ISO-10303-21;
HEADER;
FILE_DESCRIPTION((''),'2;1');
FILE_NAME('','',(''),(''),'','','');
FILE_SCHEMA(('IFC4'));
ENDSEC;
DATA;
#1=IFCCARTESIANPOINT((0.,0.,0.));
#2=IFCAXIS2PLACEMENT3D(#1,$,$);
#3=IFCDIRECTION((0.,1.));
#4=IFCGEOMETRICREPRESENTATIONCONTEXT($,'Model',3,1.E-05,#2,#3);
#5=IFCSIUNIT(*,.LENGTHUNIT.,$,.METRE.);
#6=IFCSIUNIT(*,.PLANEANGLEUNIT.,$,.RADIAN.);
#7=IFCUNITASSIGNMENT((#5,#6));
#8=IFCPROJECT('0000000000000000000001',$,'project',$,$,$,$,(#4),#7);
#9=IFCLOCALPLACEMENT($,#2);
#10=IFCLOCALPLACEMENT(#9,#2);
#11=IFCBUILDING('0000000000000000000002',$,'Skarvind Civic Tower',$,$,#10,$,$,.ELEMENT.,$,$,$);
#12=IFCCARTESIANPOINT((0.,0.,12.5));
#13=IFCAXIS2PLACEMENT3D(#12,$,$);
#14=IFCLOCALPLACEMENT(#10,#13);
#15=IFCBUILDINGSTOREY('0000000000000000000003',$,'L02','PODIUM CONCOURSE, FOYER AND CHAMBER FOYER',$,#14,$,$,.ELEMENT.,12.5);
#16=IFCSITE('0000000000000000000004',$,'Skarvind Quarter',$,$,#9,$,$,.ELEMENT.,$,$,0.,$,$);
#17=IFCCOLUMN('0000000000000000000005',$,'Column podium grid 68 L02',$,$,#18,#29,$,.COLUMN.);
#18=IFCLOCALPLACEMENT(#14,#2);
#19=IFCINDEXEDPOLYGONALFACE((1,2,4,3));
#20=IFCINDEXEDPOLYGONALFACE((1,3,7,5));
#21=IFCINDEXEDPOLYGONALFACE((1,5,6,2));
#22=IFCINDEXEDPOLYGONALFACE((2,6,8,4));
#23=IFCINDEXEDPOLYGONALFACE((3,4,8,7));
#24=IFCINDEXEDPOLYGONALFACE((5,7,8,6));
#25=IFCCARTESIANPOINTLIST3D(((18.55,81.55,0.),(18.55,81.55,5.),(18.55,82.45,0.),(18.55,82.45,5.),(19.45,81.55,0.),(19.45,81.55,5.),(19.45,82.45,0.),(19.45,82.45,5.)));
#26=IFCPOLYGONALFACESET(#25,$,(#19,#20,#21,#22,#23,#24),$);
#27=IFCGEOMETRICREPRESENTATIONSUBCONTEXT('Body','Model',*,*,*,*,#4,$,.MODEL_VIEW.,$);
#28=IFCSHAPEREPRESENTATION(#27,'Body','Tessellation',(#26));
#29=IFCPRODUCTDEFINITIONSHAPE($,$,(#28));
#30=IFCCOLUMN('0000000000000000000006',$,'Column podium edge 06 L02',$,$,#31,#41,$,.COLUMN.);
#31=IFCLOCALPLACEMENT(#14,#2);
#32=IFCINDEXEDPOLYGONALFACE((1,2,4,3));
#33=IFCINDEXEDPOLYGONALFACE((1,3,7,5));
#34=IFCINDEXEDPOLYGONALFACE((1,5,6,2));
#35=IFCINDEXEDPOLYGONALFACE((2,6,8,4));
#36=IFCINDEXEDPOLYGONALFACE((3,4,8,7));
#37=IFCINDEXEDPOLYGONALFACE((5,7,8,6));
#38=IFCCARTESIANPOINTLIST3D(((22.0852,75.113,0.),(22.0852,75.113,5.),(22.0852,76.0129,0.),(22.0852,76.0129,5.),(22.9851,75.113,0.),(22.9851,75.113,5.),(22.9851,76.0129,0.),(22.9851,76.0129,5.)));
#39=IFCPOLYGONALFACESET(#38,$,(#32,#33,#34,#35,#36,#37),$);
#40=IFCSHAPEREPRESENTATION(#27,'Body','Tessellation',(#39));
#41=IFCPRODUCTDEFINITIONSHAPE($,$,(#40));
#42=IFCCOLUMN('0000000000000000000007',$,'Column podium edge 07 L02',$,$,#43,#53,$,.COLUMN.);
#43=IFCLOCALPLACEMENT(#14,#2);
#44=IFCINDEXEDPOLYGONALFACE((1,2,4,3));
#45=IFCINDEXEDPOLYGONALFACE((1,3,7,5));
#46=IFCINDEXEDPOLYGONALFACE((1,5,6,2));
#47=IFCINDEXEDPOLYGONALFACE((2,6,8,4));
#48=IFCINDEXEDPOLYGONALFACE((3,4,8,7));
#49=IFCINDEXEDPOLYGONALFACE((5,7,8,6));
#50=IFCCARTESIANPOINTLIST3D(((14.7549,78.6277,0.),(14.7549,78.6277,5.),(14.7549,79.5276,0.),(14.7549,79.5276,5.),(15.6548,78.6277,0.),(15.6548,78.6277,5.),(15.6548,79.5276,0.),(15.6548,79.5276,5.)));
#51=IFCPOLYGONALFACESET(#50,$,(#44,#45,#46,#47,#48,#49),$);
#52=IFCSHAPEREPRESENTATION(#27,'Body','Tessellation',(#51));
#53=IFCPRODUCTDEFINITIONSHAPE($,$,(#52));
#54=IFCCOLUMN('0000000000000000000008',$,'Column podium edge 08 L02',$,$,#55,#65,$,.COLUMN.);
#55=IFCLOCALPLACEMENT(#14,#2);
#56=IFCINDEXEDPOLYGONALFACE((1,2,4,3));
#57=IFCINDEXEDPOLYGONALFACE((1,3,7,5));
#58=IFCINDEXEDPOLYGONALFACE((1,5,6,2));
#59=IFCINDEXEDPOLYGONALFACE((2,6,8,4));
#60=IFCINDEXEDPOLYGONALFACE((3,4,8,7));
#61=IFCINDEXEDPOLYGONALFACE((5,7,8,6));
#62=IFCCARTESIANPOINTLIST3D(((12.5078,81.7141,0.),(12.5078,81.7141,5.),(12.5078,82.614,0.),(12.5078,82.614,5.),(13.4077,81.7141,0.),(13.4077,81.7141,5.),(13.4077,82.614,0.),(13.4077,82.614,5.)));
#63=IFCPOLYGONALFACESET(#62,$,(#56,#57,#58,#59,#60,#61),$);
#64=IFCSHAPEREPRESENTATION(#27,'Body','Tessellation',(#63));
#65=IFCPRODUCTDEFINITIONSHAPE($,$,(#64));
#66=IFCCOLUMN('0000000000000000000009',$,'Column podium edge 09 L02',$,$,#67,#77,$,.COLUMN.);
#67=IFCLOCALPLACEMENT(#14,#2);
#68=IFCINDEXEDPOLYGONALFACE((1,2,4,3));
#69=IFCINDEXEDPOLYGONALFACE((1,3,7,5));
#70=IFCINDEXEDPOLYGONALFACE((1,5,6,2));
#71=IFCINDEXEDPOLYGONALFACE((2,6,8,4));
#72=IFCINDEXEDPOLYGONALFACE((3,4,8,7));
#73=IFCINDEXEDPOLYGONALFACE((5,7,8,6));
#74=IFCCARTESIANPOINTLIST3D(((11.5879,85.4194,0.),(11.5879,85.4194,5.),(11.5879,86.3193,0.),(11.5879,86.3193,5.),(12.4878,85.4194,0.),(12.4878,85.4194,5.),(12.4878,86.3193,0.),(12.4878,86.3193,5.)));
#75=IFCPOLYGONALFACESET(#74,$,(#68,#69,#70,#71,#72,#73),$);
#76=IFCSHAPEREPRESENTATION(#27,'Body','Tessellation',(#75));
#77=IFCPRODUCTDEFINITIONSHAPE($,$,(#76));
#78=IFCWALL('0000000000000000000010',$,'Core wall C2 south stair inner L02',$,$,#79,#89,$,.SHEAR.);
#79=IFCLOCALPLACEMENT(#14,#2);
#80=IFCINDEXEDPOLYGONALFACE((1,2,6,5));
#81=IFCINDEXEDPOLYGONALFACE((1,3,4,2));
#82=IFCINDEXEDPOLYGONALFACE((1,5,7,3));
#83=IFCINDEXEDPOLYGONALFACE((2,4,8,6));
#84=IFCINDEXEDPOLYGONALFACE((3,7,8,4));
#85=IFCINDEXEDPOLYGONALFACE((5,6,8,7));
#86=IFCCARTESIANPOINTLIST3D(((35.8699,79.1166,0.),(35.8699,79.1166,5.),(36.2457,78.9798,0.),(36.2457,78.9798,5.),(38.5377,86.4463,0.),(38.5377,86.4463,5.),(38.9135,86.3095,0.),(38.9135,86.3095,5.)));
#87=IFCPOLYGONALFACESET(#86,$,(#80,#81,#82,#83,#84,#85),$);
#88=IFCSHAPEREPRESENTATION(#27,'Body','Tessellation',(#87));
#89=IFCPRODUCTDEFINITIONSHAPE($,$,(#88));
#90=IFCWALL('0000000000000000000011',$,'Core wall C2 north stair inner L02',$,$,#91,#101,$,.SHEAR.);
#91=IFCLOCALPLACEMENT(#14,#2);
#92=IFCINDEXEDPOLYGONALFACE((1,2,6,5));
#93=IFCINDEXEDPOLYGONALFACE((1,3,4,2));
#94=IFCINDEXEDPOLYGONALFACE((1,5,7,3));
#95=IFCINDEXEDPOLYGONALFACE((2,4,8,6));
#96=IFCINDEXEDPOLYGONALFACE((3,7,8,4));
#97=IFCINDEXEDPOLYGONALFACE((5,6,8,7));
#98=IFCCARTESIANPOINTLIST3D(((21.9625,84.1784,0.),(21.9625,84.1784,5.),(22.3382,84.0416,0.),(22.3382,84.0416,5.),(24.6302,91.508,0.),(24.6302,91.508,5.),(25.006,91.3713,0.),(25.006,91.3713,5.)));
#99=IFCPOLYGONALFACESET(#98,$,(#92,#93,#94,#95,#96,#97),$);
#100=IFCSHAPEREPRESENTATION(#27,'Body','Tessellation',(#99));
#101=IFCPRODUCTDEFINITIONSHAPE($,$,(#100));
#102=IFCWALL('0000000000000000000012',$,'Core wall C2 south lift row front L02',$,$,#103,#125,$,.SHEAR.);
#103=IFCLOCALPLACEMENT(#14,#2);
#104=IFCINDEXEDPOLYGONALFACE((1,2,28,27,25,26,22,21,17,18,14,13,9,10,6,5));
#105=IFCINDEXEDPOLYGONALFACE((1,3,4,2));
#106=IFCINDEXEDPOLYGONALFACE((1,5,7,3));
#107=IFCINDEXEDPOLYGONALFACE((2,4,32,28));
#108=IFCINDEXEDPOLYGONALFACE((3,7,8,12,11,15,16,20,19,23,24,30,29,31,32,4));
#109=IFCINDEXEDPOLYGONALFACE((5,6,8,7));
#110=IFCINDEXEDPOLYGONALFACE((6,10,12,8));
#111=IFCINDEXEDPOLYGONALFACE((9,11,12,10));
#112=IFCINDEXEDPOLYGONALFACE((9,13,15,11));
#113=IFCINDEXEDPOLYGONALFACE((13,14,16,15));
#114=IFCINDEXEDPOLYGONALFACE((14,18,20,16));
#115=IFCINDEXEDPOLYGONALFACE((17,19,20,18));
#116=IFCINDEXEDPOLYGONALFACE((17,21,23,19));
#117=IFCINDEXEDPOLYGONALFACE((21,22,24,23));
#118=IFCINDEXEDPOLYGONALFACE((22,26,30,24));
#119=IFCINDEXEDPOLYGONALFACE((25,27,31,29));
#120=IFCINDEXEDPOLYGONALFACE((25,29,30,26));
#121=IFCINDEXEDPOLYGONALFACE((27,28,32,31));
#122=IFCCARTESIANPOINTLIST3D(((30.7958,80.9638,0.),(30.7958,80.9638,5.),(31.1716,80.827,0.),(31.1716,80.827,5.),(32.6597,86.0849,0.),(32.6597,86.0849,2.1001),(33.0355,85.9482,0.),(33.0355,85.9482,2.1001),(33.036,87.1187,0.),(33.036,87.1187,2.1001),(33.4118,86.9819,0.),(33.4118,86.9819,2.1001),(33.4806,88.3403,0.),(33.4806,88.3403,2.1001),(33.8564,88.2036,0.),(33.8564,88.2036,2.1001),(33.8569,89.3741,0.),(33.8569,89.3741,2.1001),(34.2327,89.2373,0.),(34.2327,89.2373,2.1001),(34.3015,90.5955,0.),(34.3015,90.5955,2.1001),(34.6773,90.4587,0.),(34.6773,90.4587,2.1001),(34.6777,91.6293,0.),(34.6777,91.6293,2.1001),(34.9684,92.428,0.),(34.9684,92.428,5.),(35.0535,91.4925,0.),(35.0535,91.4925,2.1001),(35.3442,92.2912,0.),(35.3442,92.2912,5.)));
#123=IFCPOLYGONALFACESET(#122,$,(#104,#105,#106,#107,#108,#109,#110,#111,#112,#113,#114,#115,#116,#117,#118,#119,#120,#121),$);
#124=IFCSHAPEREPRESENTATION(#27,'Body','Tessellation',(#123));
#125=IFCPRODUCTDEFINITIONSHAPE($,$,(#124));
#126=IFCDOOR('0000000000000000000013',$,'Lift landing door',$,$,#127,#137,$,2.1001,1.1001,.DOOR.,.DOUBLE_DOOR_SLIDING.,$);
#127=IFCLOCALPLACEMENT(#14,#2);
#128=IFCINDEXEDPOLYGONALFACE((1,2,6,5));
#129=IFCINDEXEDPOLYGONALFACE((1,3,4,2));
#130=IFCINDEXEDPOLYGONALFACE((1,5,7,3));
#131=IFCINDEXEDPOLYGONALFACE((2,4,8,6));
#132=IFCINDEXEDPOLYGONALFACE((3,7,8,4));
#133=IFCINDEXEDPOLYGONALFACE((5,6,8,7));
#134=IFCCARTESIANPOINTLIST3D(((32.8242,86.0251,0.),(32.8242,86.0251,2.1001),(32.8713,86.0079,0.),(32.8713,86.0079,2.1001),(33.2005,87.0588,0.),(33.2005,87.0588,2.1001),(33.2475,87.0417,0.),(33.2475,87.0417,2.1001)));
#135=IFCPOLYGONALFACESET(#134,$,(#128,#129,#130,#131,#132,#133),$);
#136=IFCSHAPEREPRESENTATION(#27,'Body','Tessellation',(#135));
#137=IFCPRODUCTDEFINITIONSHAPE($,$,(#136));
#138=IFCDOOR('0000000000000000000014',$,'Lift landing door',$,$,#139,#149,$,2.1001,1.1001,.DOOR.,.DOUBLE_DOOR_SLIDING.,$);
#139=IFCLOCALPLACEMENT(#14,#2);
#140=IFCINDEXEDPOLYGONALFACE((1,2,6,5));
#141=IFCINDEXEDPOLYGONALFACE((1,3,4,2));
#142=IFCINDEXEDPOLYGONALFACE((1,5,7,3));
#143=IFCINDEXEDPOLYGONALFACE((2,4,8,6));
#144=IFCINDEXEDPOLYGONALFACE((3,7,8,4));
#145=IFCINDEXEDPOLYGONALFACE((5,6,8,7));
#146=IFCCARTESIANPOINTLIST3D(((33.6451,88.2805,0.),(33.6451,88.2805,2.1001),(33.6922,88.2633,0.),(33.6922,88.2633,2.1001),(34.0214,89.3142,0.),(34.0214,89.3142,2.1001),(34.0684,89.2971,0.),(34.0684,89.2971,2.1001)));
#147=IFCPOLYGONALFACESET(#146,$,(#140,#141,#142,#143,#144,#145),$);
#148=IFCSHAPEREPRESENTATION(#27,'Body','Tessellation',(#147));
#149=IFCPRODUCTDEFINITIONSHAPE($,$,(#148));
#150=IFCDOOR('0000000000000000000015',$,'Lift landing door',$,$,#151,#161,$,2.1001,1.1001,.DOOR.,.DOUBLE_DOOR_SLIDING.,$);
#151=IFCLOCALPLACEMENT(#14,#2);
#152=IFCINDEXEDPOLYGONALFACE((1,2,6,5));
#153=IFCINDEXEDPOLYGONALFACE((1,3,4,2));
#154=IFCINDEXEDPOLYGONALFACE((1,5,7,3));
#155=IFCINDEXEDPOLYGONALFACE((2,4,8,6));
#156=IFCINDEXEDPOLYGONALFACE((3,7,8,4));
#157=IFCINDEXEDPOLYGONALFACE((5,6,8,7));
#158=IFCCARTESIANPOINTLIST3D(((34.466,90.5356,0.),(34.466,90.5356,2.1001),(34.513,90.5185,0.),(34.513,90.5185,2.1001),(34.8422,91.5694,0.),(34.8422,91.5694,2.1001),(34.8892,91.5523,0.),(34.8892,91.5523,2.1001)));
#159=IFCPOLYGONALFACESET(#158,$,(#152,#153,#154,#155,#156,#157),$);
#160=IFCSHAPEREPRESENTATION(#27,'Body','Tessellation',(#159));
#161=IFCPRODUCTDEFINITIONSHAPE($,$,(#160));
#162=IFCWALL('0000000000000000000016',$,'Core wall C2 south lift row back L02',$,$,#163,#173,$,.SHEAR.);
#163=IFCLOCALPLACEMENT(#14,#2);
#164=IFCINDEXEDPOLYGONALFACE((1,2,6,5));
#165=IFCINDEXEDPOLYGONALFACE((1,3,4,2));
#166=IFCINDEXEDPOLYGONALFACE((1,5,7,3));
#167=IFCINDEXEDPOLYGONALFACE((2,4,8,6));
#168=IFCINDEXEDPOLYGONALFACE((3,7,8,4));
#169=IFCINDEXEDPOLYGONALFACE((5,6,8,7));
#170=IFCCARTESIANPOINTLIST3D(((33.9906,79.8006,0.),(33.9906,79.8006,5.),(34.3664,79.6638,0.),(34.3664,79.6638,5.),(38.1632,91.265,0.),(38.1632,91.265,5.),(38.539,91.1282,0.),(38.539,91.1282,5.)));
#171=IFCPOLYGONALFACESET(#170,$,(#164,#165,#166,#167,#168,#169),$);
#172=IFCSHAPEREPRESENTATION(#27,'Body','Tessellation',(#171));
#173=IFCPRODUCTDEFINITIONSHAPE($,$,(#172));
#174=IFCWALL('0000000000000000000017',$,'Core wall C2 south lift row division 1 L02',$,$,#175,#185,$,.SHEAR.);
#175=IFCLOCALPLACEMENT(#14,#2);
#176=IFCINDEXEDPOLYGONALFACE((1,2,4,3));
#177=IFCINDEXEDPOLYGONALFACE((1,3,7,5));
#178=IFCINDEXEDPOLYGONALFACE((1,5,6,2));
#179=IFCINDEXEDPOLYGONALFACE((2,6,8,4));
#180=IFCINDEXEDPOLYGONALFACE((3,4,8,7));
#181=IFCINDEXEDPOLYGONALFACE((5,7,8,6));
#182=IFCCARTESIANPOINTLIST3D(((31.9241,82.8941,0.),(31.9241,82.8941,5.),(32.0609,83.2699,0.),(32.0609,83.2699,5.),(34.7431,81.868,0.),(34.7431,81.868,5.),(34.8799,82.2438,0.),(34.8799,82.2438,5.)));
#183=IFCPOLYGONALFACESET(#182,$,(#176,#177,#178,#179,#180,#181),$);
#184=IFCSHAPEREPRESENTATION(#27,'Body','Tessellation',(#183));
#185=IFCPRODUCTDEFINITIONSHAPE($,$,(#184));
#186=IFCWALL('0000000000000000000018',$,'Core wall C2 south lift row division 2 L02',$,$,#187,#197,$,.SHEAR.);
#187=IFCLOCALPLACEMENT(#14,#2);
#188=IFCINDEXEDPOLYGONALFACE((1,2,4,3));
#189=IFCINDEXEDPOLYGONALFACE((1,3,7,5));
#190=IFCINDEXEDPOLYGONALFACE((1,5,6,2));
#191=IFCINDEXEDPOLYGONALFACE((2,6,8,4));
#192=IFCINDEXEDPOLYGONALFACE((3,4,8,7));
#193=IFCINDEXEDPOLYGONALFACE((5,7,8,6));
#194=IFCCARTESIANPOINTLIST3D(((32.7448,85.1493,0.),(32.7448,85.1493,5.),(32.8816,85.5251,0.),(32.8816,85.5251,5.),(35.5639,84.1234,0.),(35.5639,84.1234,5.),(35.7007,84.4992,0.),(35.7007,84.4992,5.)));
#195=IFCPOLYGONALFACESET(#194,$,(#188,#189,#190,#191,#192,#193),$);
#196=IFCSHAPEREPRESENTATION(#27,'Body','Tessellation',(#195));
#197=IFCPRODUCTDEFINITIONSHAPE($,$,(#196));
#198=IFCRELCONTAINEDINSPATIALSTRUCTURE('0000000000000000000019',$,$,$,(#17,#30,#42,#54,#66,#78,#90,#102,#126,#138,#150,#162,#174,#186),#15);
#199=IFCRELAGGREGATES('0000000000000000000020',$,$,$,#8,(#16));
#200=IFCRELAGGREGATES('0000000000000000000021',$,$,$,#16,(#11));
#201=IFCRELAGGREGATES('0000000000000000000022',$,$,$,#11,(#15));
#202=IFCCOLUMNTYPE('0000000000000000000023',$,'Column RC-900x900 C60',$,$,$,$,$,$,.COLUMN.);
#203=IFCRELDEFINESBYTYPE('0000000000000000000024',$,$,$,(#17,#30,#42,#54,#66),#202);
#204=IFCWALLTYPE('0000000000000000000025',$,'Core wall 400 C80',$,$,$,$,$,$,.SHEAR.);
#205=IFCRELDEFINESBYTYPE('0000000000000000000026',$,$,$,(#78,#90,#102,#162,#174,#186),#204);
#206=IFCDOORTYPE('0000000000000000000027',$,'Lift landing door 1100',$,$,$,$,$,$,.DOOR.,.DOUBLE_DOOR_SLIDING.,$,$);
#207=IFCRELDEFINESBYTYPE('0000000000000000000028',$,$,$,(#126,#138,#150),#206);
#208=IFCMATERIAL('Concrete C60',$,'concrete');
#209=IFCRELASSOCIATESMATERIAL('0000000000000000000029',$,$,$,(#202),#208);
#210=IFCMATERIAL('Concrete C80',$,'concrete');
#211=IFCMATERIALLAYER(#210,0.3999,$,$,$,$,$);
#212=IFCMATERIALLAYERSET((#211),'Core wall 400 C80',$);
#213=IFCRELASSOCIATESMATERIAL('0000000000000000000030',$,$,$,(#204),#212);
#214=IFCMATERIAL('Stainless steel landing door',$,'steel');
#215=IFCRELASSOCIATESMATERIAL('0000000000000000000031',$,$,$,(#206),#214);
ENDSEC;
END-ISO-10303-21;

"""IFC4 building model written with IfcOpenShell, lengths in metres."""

from ifc_helpers import new_model, si_unit, direction, frame, frame_2d, origin, origin_2d, place, context, subcontext, project, spatial, rectangle, extrude, material, layer, layer_set, material_profile, profile_set, type_object, element, fill, save


model = new_model("IFC4")

# Units and contexts
model_context = context("Model", 3, precision=1e-05, world=origin(), true_north=direction((0.0, 1.0)))
body_context = subcontext(model_context, "Body", "Model", "MODEL_VIEW")
ifc_project = project(units=[si_unit("LENGTHUNIT", "METRE"), si_unit("PLANEANGLEUNIT", "RADIAN")], contexts=[model_context])

# Site, building, storey
site_placement = place(None, origin())
site = spatial("IfcSite", under=ifc_project, at=site_placement, Name="Skarvind Quarter", CompositionType="ELEMENT", RefElevation=0.0)
building_placement = place(site_placement, origin())
building = spatial("IfcBuilding", under=site, at=building_placement, Name="Skarvind Civic Tower", CompositionType="ELEMENT")
storey_placement = place(building_placement, frame((0.0, 0.0, 12.5)))
storey = spatial("IfcBuildingStorey", under=building, at=storey_placement, Name="L02", Description="PODIUM CONCOURSE, FOYER AND CHAMBER FOYER", CompositionType="ELEMENT", Elevation=12.5)

# Columns
ifc_material_1 = material(Name="Concrete C60", Category="concrete")
ifc_material_profile = material_profile(ifc_material_1, rectangle(XDim=0.8999, YDim=0.8999, at=origin_2d()), Name="RC-900x900")
ifc_profile_set = profile_set([ifc_material_profile], Name="Concrete C60")
column_type = type_object("IfcColumnType", Name="Column RC-900x900 C60", PredefinedType="COLUMN", material=ifc_profile_set)
for number, where, z_axis, x_axis, name in (
    (1, (19.0, 82.0, 0.0), (0.0, 0.0, 1.0), (1.0, 0.0, 0.0), "Column podium grid 68 L02"),
    (2, (22.5352, 75.563, 0.0), (0.0, 0.0, 1.0), (1.0, 0.0, 0.0), "Column podium edge 06 L02"),
    (3, (15.2048, 79.0776, 0.0), (0.0, 0.0, 1.0), (1.0, 0.0, 0.0), "Column podium edge 07 L02"),
    (4, (12.9578, 82.1641, 0.0), (0.0, 0.0, 1.0), (1.0, 0.0, 0.0), "Column podium edge 08 L02"),
    (5, (12.0378, 85.8694, 0.0), (0.0, 0.0, 1.0), (1.0, 0.0, 0.0), "Column podium edge 09 L02"),
):
    element("IfcColumn", number, at=place(storey_placement, frame(where, z_axis=z_axis, x_axis=x_axis)), inside=storey, type_object=column_type, Name=name, PredefinedType="COLUMN", context=body_context, shape_type="SweptSolid", body=[
        extrude(rectangle(XDim=0.8999, YDim=0.8999, at=origin_2d()), origin(), (0.0, 0.0, 1.0), 5.0),
    ])

# Walls
ifc_material_2 = material(Name="Concrete C80", Category="concrete")
ifc_layer_1 = layer(ifc_material_2, 0.3999)
ifc_layer_set_1 = layer_set([ifc_layer_1], Name="Core wall 400 C80")
wall_type_1 = type_object("IfcWallType", Name="Core wall 400 C80", PredefinedType="SHEAR", material=ifc_layer_set_1)
for number, where, z_axis, x_axis, name in (
    (6, (36.0579, 79.0483, 0.0), (0.0, 0.0, 1.0), (0.342017, 0.939694, 0.0), "Core wall C2 south stair inner L02"),
    (7, (22.1504, 84.1101, 0.0), (0.0, 0.0, 1.0), (0.342017, 0.939694, 0.0), "Core wall C2 north stair inner L02"),
):
    element("IfcWall", number, at=place(storey_placement, frame(where, z_axis=z_axis, x_axis=x_axis)), inside=storey, type_object=wall_type_1, Name=name, PredefinedType="SHEAR", context=body_context, shape_type="SweptSolid", body=[
        extrude(rectangle(XDim=7.8, YDim=0.3999, at=frame_2d((3.8999, 0.0))), origin(), (0.0, 0.0, 1.0), 5.0),
    ])

# Wall, openings, doors
wall_1_placement = place(storey_placement, frame((30.9836, 80.8953, 0.0), z_axis=(0.0, 0.0, 1.0), x_axis=(0.342021, 0.939692, 0.0)))
wall_1 = element("IfcWall", 8, at=wall_1_placement, inside=storey, type_object=wall_type_1, Name="Core wall C2 south lift row front L02", PredefinedType="SHEAR", context=body_context, shape_type="SweptSolid", body=[
    extrude(rectangle(XDim=12.2, YDim=0.3999, at=frame_2d((6.1001, 0.0))), origin(), (0.0, 0.0, 1.0), 5.0),
])
opening_1_placement = place(wall_1_placement, frame((5.45, 0.0, 0.0)))
opening_1 = element("IfcOpeningElement", 9, at=opening_1_placement, cuts=wall_1, PredefinedType="OPENING", context=body_context, shape_type="SweptSolid", body=[
    extrude(rectangle(XDim=1.1001, YDim=2.1001, at=frame_2d((0.55, 1.05))), frame((0.0, 0.21, 0.0), z_axis=(0.0, -1.0, 0.0), x_axis=(1.0, 0.0, 0.0)), (0.0, 0.0, 1.0), 0.4199),
])
opening_2_placement = place(wall_1_placement, frame((7.8501, 0.0, 0.0)))
opening_2 = element("IfcOpeningElement", 10, at=opening_2_placement, cuts=wall_1, PredefinedType="OPENING", context=body_context, shape_type="SweptSolid", body=[
    extrude(rectangle(XDim=1.1001, YDim=2.1001, at=frame_2d((0.55, 1.05))), frame((0.0, 0.21, 0.0), z_axis=(0.0, -1.0, 0.0), x_axis=(1.0, 0.0, 0.0)), (0.0, 0.0, 1.0), 0.4199),
])
opening_3_placement = place(wall_1_placement, frame((10.25, 0.0, 0.0)))
opening_3 = element("IfcOpeningElement", 11, at=opening_3_placement, cuts=wall_1, PredefinedType="OPENING", context=body_context, shape_type="SweptSolid", body=[
    extrude(rectangle(XDim=1.1001, YDim=2.1001, at=frame_2d((0.55, 1.05))), frame((0.0, 0.21, 0.0), z_axis=(0.0, -1.0, 0.0), x_axis=(1.0, 0.0, 0.0)), (0.0, 0.0, 1.0), 0.4199),
])
ifc_material_3 = material(Name="Stainless steel landing door", Category="steel")
door_type_1 = type_object("IfcDoorType", Name="Lift landing door 1100", OperationType="DOUBLE_DOOR_SLIDING", PredefinedType="DOOR", material=ifc_material_3)
door_1_placement = place(opening_1_placement, origin())
door_1 = element("IfcDoor", 12, at=door_1_placement, inside=storey, type_object=door_type_1, Name="Lift landing door", OperationType="DOUBLE_DOOR_SLIDING", OverallHeight=2.1001, OverallWidth=1.1001, PredefinedType="DOOR", context=body_context, shape_type="SweptSolid", body=[
    extrude(rectangle(XDim=1.1001, YDim=2.1001, at=frame_2d((0.55, 1.05))), frame((0.0, 0.0249, 0.0), z_axis=(0.0, -1.0, 0.0), x_axis=(1.0, 0.0, 0.0)), (0.0, 0.0, 1.0), 0.05),
])
fill(opening_1, door_1)
door_2_placement = place(opening_2_placement, origin())
door_2 = element("IfcDoor", 13, at=door_2_placement, inside=storey, type_object=door_type_1, Name="Lift landing door", OperationType="DOUBLE_DOOR_SLIDING", OverallHeight=2.1001, OverallWidth=1.1001, PredefinedType="DOOR", context=body_context, shape_type="SweptSolid", body=[
    extrude(rectangle(XDim=1.1001, YDim=2.1001, at=frame_2d((0.55, 1.05))), frame((0.0, 0.0249, 0.0), z_axis=(0.0, -1.0, 0.0), x_axis=(1.0, 0.0, 0.0)), (0.0, 0.0, 1.0), 0.05),
])
fill(opening_2, door_2)
door_3_placement = place(opening_3_placement, origin())
door_3 = element("IfcDoor", 14, at=door_3_placement, inside=storey, type_object=door_type_1, Name="Lift landing door", OperationType="DOUBLE_DOOR_SLIDING", OverallHeight=2.1001, OverallWidth=1.1001, PredefinedType="DOOR", context=body_context, shape_type="SweptSolid", body=[
    extrude(rectangle(XDim=1.1001, YDim=2.1001, at=frame_2d((0.55, 1.05))), frame((0.0, 0.0249, 0.0), z_axis=(0.0, -1.0, 0.0), x_axis=(1.0, 0.0, 0.0)), (0.0, 0.0, 1.0), 0.05),
])
fill(opening_3, door_3)

# Walls
wall_2_placement = place(storey_placement, frame((34.1785, 79.7322, 0.0), z_axis=(0.0, 0.0, 1.0), x_axis=(0.342015, 0.939695, 0.0)))
element("IfcWall", 15, at=wall_2_placement, inside=storey, type_object=wall_type_1, Name="Core wall C2 south lift row back L02", PredefinedType="SHEAR", context=body_context, shape_type="SweptSolid", body=[
    extrude(rectangle(XDim=12.2002, YDim=0.3999, at=frame_2d((6.1001, 0.0))), origin(), (0.0, 0.0, 1.0), 5.0),
])
for number, where, z_axis, x_axis, name in (
    (16, (34.8115, 82.0559, 0.0), (0.0, 0.0, 1.0), (-0.939686, 0.342037, 0.0), "Core wall C2 south lift row division 1 L02"),
    (17, (35.6323, 84.3113, 0.0), (0.0, 0.0, 1.0), (-0.939713, 0.341965, 0.0), "Core wall C2 south lift row division 2 L02"),
):
    element("IfcWall", number, at=place(storey_placement, frame(where, z_axis=z_axis, x_axis=x_axis)), inside=storey, type_object=wall_type_1, Name=name, PredefinedType="SHEAR", context=body_context, shape_type="SweptSolid", body=[
        extrude(rectangle(XDim=3.0, YDim=0.3999, at=frame_2d((1.5, 0.0))), origin(), (0.0, 0.0, 1.0), 5.0),
    ])

save(model, "model.ifc")
